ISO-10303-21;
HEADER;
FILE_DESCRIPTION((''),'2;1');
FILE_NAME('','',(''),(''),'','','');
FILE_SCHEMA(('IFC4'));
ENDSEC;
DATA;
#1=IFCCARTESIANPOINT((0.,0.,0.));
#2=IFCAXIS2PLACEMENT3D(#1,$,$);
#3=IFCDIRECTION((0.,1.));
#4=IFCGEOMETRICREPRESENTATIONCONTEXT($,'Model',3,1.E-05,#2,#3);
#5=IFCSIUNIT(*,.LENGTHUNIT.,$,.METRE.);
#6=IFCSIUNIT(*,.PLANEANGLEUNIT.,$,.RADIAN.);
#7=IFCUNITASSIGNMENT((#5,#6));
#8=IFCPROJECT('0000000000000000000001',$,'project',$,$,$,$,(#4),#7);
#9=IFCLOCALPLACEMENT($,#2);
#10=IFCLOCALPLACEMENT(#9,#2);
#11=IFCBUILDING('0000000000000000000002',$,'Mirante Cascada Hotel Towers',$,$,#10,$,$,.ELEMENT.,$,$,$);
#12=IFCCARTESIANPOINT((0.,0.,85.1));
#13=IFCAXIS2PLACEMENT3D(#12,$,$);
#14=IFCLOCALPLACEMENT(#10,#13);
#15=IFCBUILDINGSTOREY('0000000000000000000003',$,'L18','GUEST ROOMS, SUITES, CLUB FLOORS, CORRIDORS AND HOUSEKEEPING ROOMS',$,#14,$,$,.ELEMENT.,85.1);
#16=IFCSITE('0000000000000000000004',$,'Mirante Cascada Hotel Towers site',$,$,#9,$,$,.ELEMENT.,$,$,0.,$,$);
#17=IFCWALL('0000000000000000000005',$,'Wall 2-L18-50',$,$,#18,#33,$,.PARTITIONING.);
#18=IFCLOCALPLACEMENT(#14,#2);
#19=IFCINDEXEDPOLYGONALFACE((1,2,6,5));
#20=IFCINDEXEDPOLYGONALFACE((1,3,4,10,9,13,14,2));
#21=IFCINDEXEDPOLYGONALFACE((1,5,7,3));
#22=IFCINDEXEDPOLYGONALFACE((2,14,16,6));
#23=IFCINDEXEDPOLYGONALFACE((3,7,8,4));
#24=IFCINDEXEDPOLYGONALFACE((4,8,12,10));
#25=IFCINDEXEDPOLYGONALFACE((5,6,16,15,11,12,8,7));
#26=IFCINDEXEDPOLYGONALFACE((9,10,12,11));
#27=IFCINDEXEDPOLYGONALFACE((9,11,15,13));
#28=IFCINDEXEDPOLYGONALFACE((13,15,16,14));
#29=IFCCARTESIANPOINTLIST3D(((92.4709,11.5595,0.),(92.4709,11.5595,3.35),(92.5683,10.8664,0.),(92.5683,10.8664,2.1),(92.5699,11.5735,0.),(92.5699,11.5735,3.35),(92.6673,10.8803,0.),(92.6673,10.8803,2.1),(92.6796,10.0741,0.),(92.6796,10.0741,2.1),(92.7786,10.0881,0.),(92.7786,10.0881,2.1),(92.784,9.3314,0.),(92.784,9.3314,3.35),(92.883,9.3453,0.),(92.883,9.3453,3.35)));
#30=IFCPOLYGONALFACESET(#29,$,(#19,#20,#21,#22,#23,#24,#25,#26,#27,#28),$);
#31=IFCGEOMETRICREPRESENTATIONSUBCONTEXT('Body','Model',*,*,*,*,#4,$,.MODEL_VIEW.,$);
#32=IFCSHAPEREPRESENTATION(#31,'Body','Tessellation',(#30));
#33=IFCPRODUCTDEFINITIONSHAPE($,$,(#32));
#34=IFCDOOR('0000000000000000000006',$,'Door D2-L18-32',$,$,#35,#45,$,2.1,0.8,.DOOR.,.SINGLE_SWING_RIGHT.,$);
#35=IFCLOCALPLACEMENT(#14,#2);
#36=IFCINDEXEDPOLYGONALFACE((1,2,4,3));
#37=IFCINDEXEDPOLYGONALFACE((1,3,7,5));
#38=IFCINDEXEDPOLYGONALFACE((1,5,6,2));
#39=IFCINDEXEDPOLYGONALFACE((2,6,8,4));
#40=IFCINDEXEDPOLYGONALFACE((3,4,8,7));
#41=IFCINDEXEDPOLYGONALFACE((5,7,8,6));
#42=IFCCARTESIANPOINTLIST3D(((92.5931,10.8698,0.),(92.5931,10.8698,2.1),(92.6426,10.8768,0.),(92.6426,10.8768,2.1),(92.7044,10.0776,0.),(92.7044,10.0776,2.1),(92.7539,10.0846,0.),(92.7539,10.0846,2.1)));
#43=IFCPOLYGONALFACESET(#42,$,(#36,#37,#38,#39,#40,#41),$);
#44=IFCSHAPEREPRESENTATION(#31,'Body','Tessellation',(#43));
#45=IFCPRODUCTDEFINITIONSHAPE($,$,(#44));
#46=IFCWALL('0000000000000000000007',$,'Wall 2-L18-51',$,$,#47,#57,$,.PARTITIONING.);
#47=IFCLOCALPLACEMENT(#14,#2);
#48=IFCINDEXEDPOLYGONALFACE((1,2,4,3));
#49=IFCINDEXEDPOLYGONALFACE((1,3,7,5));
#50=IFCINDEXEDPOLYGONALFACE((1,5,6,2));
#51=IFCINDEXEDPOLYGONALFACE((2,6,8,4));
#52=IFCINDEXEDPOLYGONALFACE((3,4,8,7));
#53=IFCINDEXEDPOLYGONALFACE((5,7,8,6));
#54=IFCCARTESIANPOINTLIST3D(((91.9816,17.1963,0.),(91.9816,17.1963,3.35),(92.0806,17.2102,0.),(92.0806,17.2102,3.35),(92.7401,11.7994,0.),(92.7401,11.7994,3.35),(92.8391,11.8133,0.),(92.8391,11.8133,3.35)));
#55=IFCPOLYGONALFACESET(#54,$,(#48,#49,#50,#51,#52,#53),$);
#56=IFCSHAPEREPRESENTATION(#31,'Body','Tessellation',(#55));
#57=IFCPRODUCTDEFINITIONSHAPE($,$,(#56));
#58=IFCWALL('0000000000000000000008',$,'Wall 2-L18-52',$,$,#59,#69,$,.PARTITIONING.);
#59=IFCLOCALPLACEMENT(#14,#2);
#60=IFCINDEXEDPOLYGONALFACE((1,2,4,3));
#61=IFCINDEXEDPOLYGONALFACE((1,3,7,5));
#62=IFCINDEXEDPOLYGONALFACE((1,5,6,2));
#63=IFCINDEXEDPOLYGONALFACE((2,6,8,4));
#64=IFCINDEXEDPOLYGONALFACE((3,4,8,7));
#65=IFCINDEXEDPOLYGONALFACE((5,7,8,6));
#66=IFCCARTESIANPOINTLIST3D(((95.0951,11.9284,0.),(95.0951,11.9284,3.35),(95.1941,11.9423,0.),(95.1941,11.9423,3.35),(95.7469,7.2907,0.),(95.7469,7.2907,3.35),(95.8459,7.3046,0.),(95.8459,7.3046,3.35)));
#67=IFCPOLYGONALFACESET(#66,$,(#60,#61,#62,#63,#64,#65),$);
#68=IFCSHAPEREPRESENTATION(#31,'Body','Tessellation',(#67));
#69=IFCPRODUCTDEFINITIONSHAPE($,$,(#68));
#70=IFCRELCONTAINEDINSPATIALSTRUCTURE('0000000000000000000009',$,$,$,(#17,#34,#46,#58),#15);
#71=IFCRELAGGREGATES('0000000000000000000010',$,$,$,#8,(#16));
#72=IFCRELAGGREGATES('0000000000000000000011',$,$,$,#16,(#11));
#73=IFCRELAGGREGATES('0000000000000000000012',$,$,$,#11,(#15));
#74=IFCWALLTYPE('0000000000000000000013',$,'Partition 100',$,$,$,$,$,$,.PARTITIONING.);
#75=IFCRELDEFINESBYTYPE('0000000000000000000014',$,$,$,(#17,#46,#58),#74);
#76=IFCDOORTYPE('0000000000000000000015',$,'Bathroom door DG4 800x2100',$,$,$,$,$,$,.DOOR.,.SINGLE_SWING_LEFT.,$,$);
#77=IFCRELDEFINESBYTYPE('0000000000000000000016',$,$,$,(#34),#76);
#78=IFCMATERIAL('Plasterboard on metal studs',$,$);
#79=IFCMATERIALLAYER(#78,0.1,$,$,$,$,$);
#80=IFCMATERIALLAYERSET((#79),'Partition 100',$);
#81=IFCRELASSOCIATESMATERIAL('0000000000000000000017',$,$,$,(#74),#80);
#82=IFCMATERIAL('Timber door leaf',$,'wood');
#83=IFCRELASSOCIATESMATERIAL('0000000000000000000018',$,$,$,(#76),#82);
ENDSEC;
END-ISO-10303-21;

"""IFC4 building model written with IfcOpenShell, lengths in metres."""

from ifc_helpers import new_model, si_unit, direction, frame, frame_2d, origin, place, context, subcontext, project, spatial, rectangle, extrude, material, layer, layer_set, type_object, element, fill, save


model = new_model("IFC4")

# Units and contexts
model_context = context("Model", 3, precision=1e-05, world=origin(), true_north=direction((0.0, 1.0)))
body_context = subcontext(model_context, "Body", "Model", "MODEL_VIEW")
ifc_project = project(units=[si_unit("LENGTHUNIT", "METRE"), si_unit("PLANEANGLEUNIT", "RADIAN")], contexts=[model_context])

# Site, building, storey
site_placement = place(None, origin())
site = spatial("IfcSite", under=ifc_project, at=site_placement, Name="Mirante Cascada Hotel Towers site", CompositionType="ELEMENT", RefElevation=0.0)
building_placement = place(site_placement, origin())
building = spatial("IfcBuilding", under=site, at=building_placement, Name="Mirante Cascada Hotel Towers", CompositionType="ELEMENT")
storey_placement = place(building_placement, frame((0.0, 0.0, 85.1)))
storey = spatial("IfcBuildingStorey", under=building, at=storey_placement, Name="L18", Description="GUEST ROOMS, SUITES, CLUB FLOORS, CORRIDORS AND HOUSEKEEPING ROOMS", CompositionType="ELEMENT", Elevation=85.1)

# Shared definitions
ifc_material_1 = material(Name="Plasterboard on metal studs")
ifc_layer_1 = layer(ifc_material_1, 0.1)
ifc_layer_set_1 = layer_set([ifc_layer_1], Name="Partition 100")
wall_type_1 = type_object("IfcWallType", Name="Partition 100", PredefinedType="PARTITIONING", material=ifc_layer_set_1)
ifc_material_2 = material(Name="Timber door leaf", Category="wood")
door_type_1 = type_object("IfcDoorType", Name="Bathroom door DG4 800x2100", OperationType="SINGLE_SWING_LEFT", PredefinedType="DOOR", material=ifc_material_2)

# Wall, opening, door
wall_1_placement = place(storey_placement, frame((92.5204, 11.5665, 0.0), z_axis=(0.0, 0.0, 1.0), x_axis=(0.139156, -0.990271, 0.0)))
wall_1 = element("IfcWall", 1, at=wall_1_placement, inside=storey, type_object=wall_type_1, Name="Wall 2-L18-50", PredefinedType="PARTITIONING", context=body_context, shape_type="SweptSolid", body=[
    extrude(rectangle(XDim=2.25, YDim=0.1, at=frame_2d((1.125, 0.0))), origin(), (0.0, 0.0, 1.0), 3.35),
])
opening_1_placement = place(wall_1_placement, frame((0.7, 0.0, 0.0)))
opening_1 = element("IfcOpeningElement", 2, at=opening_1_placement, cuts=wall_1, PredefinedType="OPENING", context=body_context, shape_type="SweptSolid", body=[
    extrude(rectangle(XDim=0.8, YDim=2.1, at=frame_2d((0.4, 1.05))), frame((0.0, 0.05, 0.0), z_axis=(0.0, -1.0, 0.0), x_axis=(1.0, 0.0, 0.0)), (0.0, 0.0, 1.0), 0.1),
])
door_1_placement = place(opening_1_placement, frame((0.8, 0.0, 0.0), z_axis=(0.0, 0.0, 1.0), x_axis=(-1.0, 0.0, 0.0)))
door_1 = element("IfcDoor", 3, at=door_1_placement, inside=storey, type_object=door_type_1, Name="Door D2-L18-32", OperationType="SINGLE_SWING_RIGHT", OverallHeight=2.1, OverallWidth=0.8, PredefinedType="DOOR", context=body_context, shape_type="SweptSolid", body=[
    extrude(rectangle(XDim=0.8, YDim=2.1, at=frame_2d((0.4, 1.05))), frame((0.0, 0.025, 0.0), z_axis=(0.0, -1.0, 0.0), x_axis=(1.0, 0.0, 0.0)), (0.0, 0.0, 1.0), 0.05),
])
fill(opening_1, door_1)

# Walls
wall_2_placement = place(storey_placement, frame((92.7896, 11.8063, 0.0), z_axis=(0.0, 0.0, 1.0), x_axis=(-0.139176, 0.990268, 0.0)))
element("IfcWall", 4, at=wall_2_placement, inside=storey, type_object=wall_type_1, Name="Wall 2-L18-51", PredefinedType="PARTITIONING", context=body_context, shape_type="SweptSolid", body=[
    extrude(rectangle(XDim=5.4499, YDim=0.1, at=frame_2d((2.725, 0.0))), origin(), (0.0, 0.0, 1.0), 3.35),
])
wall_3_placement = place(storey_placement, frame((95.1446, 11.9353, 0.0), z_axis=(0.0, 0.0, 1.0), x_axis=(0.139176, -0.990268, 0.0)))
element("IfcWall", 5, at=wall_3_placement, inside=storey, type_object=wall_type_1, Name="Wall 2-L18-52", PredefinedType="PARTITIONING", context=body_context, shape_type="SweptSolid", body=[
    extrude(rectangle(XDim=4.6833, YDim=0.1, at=frame_2d((2.3416, 0.0))), origin(), (0.0, 0.0, 1.0), 3.35),
])

save(model, "model.ifc")
